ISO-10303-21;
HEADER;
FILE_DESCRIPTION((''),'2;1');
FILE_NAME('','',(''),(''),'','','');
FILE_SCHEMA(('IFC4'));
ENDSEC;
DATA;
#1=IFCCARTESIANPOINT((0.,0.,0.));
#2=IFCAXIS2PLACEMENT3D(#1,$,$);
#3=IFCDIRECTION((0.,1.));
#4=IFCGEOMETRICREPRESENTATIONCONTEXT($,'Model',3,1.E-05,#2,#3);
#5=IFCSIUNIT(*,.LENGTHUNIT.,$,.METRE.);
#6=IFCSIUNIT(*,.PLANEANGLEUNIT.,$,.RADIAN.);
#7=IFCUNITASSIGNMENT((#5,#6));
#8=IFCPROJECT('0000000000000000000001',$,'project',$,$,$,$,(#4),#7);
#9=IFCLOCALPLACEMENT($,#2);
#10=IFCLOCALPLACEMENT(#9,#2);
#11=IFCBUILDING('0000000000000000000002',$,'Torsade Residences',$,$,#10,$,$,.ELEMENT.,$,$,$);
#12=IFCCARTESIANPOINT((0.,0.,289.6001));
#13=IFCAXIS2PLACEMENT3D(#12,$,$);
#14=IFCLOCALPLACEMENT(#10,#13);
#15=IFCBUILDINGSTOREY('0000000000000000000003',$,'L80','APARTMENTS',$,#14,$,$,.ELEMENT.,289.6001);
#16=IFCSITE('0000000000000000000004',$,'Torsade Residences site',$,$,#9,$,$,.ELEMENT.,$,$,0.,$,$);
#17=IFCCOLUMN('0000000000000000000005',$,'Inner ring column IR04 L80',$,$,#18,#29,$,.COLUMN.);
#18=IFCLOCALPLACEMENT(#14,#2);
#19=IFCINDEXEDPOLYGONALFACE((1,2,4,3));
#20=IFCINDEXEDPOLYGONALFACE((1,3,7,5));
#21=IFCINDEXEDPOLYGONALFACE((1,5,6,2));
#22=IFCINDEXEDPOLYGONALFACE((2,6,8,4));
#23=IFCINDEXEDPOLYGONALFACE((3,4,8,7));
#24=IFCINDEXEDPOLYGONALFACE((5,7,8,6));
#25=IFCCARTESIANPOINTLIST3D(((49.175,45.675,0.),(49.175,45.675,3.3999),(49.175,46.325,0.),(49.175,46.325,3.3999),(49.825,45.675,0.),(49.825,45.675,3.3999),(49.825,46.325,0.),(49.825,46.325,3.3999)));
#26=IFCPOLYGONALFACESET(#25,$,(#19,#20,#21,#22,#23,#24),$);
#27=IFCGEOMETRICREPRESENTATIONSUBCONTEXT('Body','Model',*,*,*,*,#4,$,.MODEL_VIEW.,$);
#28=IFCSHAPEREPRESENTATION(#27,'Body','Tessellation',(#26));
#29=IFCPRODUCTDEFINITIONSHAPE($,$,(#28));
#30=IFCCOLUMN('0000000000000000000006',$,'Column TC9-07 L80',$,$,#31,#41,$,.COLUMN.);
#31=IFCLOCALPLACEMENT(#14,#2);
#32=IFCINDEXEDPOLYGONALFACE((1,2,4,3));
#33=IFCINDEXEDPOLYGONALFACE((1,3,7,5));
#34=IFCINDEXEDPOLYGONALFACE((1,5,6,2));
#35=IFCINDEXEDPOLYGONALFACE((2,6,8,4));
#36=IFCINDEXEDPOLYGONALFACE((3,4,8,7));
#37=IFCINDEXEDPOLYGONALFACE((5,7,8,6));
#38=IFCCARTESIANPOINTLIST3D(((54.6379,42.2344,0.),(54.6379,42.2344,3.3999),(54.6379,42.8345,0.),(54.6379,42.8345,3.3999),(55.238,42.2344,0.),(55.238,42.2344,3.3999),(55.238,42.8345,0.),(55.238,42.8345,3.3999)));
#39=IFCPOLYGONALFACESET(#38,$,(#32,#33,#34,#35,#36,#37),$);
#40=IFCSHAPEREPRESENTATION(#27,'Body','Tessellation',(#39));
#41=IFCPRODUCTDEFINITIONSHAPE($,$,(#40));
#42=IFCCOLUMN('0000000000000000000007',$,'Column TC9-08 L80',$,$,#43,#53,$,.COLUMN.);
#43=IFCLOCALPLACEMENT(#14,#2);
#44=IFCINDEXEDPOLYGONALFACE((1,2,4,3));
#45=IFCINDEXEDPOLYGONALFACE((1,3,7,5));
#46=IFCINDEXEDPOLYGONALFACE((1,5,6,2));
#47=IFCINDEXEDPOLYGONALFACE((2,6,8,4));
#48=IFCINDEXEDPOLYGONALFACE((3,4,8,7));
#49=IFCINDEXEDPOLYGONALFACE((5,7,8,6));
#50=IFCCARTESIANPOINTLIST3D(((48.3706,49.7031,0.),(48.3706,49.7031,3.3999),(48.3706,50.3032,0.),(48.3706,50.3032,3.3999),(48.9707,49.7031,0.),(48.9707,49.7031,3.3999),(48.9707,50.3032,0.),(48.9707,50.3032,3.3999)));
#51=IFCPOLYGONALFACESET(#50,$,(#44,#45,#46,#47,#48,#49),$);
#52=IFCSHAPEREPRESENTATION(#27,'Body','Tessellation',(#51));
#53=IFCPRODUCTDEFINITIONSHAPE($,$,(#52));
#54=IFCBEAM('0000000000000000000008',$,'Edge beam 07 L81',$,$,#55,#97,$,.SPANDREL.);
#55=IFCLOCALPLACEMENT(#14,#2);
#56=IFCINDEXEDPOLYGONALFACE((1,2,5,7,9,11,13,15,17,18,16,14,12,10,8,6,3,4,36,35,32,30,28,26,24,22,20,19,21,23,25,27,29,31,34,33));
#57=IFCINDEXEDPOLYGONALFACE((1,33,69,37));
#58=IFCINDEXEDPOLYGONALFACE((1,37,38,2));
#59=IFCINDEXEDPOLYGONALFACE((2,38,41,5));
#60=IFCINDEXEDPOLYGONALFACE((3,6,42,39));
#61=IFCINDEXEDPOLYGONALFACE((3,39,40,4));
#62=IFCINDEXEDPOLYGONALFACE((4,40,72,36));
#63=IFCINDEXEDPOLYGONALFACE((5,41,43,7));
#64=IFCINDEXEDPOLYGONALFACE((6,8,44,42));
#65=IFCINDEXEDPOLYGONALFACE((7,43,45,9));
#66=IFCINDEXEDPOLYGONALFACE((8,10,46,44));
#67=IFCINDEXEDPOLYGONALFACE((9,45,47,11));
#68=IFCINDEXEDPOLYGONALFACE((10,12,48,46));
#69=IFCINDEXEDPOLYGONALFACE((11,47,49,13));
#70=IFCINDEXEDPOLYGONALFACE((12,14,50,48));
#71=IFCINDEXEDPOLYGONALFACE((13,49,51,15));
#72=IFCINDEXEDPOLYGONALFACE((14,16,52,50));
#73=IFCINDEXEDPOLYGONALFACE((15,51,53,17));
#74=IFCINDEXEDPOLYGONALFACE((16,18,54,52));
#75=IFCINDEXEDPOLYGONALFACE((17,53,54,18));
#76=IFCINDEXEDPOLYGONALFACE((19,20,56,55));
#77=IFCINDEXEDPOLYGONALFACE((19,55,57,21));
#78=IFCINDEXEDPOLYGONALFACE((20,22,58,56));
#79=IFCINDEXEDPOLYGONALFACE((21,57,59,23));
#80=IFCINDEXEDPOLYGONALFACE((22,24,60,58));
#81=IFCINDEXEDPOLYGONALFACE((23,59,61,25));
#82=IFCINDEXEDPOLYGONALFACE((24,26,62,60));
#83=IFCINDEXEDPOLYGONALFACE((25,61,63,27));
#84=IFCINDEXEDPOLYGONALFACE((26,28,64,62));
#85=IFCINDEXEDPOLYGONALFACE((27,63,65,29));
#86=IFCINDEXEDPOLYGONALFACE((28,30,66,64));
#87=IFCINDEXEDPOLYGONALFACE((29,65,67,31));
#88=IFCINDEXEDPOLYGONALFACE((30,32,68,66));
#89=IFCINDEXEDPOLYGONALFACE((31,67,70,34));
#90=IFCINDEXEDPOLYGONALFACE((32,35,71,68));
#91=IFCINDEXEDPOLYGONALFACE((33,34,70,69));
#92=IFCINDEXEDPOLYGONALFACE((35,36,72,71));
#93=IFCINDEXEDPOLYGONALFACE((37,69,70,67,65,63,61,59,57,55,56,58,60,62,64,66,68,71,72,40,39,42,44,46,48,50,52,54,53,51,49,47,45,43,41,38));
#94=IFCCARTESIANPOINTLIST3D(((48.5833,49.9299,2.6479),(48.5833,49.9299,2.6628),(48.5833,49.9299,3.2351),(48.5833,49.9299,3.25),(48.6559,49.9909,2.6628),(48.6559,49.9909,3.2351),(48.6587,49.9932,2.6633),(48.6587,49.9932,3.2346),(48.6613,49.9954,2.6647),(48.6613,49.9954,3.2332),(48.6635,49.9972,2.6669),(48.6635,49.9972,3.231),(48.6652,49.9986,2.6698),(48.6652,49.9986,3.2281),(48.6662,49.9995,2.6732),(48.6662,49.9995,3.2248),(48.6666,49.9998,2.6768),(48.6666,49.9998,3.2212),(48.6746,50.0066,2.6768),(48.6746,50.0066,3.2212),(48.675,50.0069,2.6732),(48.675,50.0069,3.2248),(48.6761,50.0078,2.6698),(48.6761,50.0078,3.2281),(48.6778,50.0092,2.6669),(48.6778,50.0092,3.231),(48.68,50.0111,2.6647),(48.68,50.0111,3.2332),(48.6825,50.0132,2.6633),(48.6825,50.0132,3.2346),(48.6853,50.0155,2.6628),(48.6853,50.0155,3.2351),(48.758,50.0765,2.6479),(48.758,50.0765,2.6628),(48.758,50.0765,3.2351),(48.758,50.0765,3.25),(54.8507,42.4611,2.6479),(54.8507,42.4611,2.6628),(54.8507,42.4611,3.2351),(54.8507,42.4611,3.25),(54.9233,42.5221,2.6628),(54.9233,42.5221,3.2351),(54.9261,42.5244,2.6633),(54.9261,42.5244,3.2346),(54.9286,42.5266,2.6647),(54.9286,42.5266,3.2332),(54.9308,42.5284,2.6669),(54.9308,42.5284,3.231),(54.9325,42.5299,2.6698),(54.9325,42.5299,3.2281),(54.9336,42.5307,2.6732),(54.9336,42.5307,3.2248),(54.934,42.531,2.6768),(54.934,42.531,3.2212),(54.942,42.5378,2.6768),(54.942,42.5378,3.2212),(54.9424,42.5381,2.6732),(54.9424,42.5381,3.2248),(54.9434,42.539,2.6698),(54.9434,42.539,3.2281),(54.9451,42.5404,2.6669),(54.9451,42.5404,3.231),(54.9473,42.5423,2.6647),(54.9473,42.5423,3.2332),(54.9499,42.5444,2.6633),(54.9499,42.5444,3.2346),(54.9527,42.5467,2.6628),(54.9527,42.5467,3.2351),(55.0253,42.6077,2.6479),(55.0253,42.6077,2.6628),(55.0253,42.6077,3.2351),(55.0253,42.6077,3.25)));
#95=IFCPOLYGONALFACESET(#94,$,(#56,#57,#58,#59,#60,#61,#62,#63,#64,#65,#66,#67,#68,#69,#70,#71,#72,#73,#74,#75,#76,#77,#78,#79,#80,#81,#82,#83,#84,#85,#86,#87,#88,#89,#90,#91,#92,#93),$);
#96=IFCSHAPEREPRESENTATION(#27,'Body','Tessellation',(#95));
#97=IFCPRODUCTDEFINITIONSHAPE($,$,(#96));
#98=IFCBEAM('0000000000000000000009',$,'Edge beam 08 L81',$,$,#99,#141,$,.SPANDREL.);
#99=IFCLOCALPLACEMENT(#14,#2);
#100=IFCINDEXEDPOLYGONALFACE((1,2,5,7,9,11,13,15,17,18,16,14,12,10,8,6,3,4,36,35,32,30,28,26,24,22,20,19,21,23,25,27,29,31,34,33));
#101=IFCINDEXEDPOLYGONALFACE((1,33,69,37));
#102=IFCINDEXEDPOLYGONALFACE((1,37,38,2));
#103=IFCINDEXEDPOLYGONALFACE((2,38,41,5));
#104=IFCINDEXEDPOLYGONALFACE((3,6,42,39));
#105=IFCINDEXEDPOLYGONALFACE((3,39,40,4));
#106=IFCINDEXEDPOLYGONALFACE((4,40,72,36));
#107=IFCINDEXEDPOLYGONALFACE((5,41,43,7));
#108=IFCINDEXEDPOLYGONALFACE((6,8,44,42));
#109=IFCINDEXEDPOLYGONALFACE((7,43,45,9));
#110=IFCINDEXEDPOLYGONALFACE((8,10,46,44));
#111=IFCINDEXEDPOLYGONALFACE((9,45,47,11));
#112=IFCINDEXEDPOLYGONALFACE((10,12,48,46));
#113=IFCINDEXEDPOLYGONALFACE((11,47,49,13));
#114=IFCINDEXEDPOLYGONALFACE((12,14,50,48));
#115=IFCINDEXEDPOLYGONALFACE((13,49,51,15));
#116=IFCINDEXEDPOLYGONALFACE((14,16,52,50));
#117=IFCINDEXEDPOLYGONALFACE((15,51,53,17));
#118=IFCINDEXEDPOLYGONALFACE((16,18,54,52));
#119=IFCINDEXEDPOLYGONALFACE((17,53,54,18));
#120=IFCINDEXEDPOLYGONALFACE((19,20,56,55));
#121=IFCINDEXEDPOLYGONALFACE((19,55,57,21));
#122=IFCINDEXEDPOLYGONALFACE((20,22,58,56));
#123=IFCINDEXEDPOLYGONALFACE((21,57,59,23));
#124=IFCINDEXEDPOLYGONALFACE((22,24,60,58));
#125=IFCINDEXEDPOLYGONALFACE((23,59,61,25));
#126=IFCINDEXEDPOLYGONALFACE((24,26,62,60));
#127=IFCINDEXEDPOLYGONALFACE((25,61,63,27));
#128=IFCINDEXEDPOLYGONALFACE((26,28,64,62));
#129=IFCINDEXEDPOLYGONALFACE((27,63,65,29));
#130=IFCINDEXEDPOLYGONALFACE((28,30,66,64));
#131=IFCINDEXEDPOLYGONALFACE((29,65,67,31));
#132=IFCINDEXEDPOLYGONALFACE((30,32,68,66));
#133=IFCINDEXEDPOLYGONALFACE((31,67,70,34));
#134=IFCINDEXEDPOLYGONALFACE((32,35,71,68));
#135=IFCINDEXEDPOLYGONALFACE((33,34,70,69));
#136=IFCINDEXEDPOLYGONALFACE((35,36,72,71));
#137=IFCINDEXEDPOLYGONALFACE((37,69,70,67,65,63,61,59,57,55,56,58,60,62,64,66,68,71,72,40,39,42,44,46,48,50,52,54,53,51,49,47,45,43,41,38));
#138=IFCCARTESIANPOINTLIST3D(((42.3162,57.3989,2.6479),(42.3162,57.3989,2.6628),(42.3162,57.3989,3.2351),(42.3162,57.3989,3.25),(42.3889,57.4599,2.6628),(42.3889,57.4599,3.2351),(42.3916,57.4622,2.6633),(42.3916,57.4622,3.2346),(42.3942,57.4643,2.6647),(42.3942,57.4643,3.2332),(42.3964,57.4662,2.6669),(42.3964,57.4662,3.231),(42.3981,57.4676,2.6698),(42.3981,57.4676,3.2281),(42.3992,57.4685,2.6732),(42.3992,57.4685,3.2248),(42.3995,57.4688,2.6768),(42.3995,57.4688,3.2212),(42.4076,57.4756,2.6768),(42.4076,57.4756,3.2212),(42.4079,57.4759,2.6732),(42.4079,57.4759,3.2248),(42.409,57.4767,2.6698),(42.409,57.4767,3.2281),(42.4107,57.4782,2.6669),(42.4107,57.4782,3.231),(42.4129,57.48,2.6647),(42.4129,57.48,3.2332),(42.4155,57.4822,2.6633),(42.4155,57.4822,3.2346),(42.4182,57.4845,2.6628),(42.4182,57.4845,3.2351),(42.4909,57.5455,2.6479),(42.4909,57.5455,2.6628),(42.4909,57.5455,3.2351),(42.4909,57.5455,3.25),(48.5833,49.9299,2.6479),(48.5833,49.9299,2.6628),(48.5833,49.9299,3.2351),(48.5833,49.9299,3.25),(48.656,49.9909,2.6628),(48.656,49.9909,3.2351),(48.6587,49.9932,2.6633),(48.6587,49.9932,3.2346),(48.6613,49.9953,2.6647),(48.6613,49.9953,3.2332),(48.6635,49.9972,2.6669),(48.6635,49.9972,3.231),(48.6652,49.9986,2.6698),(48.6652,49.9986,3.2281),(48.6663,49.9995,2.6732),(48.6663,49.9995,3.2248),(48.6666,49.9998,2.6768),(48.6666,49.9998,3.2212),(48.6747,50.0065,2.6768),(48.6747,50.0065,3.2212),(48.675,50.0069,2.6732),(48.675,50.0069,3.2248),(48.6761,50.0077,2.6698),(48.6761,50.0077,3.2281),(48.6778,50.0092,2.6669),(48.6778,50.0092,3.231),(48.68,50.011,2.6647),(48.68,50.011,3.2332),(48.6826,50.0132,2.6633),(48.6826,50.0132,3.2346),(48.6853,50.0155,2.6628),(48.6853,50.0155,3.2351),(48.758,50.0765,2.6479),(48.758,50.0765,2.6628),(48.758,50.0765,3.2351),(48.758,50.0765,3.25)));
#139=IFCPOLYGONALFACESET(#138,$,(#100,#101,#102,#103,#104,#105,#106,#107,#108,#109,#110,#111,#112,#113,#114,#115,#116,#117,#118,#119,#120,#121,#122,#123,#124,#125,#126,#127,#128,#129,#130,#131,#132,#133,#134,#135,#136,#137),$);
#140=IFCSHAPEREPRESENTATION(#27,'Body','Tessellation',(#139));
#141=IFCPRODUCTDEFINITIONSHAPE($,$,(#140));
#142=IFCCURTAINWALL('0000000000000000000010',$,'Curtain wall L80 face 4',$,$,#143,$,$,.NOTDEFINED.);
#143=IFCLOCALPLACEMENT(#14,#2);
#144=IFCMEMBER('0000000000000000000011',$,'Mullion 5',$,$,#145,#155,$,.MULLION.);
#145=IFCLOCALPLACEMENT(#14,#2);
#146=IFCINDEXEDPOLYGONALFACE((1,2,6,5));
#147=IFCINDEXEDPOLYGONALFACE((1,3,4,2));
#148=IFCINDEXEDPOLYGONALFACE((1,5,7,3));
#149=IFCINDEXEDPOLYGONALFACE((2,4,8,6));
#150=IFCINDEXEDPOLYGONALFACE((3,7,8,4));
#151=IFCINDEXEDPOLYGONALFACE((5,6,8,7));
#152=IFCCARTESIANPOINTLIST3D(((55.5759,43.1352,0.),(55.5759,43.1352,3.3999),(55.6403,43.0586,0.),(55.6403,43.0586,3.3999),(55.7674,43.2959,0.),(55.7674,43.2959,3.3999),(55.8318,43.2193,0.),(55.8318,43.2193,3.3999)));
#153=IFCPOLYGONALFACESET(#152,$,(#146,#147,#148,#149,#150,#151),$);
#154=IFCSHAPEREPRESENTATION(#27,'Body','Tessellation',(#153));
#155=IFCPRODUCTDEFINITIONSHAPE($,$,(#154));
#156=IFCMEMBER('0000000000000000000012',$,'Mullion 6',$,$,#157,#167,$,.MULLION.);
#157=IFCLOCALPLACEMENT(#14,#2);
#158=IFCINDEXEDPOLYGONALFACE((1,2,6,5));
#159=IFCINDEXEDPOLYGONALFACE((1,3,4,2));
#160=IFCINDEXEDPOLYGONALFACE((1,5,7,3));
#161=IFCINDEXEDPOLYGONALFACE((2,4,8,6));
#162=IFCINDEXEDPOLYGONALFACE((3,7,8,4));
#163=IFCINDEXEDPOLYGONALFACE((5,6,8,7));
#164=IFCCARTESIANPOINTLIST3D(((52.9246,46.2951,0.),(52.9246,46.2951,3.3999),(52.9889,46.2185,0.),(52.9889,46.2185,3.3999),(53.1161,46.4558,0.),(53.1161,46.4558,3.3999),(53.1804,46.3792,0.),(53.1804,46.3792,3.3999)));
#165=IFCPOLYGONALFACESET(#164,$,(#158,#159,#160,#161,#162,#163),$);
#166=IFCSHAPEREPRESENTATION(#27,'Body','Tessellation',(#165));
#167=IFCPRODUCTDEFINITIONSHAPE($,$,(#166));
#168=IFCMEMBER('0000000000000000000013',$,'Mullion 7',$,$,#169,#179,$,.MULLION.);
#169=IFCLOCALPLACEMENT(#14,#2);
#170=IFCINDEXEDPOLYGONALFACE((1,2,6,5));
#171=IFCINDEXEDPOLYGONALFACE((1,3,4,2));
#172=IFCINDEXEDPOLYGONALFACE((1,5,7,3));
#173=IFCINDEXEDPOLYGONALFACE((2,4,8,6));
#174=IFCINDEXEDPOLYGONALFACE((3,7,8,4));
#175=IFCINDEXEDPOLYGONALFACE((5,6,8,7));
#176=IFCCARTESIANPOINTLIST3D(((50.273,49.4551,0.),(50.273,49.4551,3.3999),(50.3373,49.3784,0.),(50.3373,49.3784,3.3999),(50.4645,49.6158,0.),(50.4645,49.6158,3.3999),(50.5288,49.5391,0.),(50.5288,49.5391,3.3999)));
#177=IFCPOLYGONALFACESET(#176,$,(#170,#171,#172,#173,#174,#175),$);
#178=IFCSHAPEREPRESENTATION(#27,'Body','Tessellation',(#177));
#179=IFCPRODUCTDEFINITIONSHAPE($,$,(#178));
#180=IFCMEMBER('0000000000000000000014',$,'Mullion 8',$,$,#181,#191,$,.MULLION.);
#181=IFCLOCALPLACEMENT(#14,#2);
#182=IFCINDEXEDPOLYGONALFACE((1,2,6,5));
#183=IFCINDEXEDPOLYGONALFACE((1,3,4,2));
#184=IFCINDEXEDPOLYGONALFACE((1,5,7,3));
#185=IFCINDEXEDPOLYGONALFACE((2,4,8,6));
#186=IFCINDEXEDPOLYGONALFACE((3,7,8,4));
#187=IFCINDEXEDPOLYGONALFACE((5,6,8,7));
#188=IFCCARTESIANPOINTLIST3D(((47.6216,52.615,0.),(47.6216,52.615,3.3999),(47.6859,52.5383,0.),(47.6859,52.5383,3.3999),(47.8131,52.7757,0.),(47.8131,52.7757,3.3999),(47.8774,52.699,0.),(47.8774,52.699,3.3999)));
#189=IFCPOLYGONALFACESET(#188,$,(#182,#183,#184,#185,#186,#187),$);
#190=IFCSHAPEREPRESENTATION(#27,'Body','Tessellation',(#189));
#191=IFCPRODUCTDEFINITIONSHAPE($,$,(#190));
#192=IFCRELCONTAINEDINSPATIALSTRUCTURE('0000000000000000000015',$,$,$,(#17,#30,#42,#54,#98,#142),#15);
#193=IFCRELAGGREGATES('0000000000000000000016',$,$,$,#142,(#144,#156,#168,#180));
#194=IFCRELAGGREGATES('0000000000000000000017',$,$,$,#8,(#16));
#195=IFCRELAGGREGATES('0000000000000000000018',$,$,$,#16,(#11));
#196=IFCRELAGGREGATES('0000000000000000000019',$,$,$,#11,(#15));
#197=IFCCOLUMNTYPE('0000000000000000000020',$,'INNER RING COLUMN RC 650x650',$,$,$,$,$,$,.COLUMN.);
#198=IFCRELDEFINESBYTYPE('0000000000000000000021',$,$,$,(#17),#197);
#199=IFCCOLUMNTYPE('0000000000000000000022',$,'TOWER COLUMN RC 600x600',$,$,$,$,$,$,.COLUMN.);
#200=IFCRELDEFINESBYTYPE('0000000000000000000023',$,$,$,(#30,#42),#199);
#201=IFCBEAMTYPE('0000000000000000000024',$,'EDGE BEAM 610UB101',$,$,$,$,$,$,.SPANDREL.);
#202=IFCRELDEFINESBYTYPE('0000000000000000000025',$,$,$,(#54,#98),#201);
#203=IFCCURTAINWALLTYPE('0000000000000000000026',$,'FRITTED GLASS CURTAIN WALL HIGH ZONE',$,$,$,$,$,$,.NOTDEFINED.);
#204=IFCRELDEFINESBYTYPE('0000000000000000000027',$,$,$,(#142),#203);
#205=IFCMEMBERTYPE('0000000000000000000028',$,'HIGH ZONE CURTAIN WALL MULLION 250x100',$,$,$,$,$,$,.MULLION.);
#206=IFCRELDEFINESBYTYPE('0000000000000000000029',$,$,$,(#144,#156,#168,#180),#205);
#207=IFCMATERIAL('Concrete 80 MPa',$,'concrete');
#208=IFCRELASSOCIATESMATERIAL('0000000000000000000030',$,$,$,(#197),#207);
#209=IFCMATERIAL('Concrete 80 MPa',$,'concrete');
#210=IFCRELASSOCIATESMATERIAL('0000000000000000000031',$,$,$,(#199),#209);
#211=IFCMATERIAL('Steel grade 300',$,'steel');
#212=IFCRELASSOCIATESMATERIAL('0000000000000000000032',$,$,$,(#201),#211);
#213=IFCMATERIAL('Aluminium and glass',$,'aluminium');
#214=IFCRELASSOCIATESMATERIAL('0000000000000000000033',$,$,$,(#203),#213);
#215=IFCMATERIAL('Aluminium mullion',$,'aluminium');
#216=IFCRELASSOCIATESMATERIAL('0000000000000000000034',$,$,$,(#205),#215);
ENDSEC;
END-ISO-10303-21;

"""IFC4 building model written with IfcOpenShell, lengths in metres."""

from ifc_helpers import new_model, si_unit, direction, frame, origin, origin_2d, place, context, subcontext, project, spatial, rectangle, i_section, extrude, material, material_profile, profile_set, type_object, element, aggregate, save


model = new_model("IFC4")

# Units and contexts
model_context = context("Model", 3, precision=1e-05, world=origin(), true_north=direction((0.0, 1.0)))
body_context = subcontext(model_context, "Body", "Model", "MODEL_VIEW")
ifc_project = project(units=[si_unit("LENGTHUNIT", "METRE"), si_unit("PLANEANGLEUNIT", "RADIAN")], contexts=[model_context])

# Site, building, storey
site_placement = place(None, origin())
site = spatial("IfcSite", under=ifc_project, at=site_placement, Name="Torsade Residences site", CompositionType="ELEMENT", RefElevation=0.0)
building_placement = place(site_placement, origin())
building = spatial("IfcBuilding", under=site, at=building_placement, Name="Torsade Residences", CompositionType="ELEMENT")
storey_placement = place(building_placement, frame((0.0, 0.0, 289.6001)))
storey = spatial("IfcBuildingStorey", under=building, at=storey_placement, Name="L80", Description="APARTMENTS", CompositionType="ELEMENT", Elevation=289.6001)

# Columns
ifc_material_1 = material(Name="Concrete 80 MPa", Category="concrete")
ifc_material_profile_1 = material_profile(ifc_material_1, rectangle(XDim=0.6499, YDim=0.6499, at=origin_2d()), Name="RC 650x650")
ifc_profile_set_1 = profile_set([ifc_material_profile_1], Name="Concrete 80 MPa")
column_type_1 = type_object("IfcColumnType", Name="INNER RING COLUMN RC 650x650", PredefinedType="COLUMN", material=ifc_profile_set_1)
column_placement = place(storey_placement, frame((49.5, 46.0, 0.0), z_axis=(0.0, 0.0, 1.0), x_axis=(1.0, 0.0, 0.0)))
element("IfcColumn", 1, at=column_placement, inside=storey, type_object=column_type_1, Name="Inner ring column IR04 L80", PredefinedType="COLUMN", context=body_context, shape_type="SweptSolid", body=[
    extrude(rectangle(XDim=0.6499, YDim=0.6499, at=origin_2d()), origin(), (0.0, 0.0, 1.0), 3.3999),
])
ifc_material_2 = material(Name="Concrete 80 MPa", Category="concrete")
ifc_material_profile_2 = material_profile(ifc_material_2, rectangle(XDim=0.6001, YDim=0.6001, at=origin_2d()), Name="RC 600x600")
ifc_profile_set_2 = profile_set([ifc_material_profile_2], Name="Concrete 80 MPa")
column_type_2 = type_object("IfcColumnType", Name="TOWER COLUMN RC 600x600", PredefinedType="COLUMN", material=ifc_profile_set_2)
for number, where, z_axis, x_axis, name in (
    (2, (54.938, 42.5344, 0.0), (0.0, 0.0, 1.0), (1.0, 0.0, 0.0), "Column TC9-07 L80"),
    (3, (48.6707, 50.0032, 0.0), (0.0, 0.0, 1.0), (1.0, 0.0, 0.0), "Column TC9-08 L80"),
):
    element("IfcColumn", number, at=place(storey_placement, frame(where, z_axis=z_axis, x_axis=x_axis)), inside=storey, type_object=column_type_2, Name=name, PredefinedType="COLUMN", context=body_context, shape_type="SweptSolid", body=[
        extrude(rectangle(XDim=0.6001, YDim=0.6001, at=origin_2d()), origin(), (0.0, 0.0, 1.0), 3.3999),
    ])

# Beams
ifc_material_3 = material(Name="Steel grade 300", Category="steel")
ifc_material_profile_3 = material_profile(ifc_material_3, i_section(OverallWidth=0.228, OverallDepth=0.6021, WebThickness=0.0105, FlangeThickness=0.0149, FilletRadius=0.0139, at=origin_2d()), Name="610UB101")
ifc_profile_set_3 = profile_set([ifc_material_profile_3], Name="Steel grade 300")
beam_type_1 = type_object("IfcBeamType", Name="EDGE BEAM 610UB101", PredefinedType="SPANDREL", material=ifc_profile_set_3)
for number, where, z_axis, x_axis, name in (
    (4, (54.938, 42.5344, 2.949), (-0.642806, 0.766029, 0.0), (-0.766029, -0.642806, 0.0), "Edge beam 07 L81"),
    (5, (48.6707, 50.0032, 2.949), (-0.642779, 0.766052, 0.0), (-0.766052, -0.642779, 0.0), "Edge beam 08 L81"),
):
    element("IfcBeam", number, at=place(storey_placement, frame(where, z_axis=z_axis, x_axis=x_axis)), inside=storey, type_object=beam_type_1, Name=name, PredefinedType="SPANDREL", context=body_context, shape_type="SweptSolid", body=[
        extrude(i_section(OverallWidth=0.228, OverallDepth=0.6021, WebThickness=0.0105, FlangeThickness=0.0149, FilletRadius=0.0139, at=origin_2d()), origin(), (0.0, 0.0, 1.0), 9.75),
    ])

# Curtain wall, members
ifc_material_4 = material(Name="Aluminium and glass", Category="aluminium")
curtain_wall_type = type_object("IfcCurtainWallType", Name="FRITTED GLASS CURTAIN WALL HIGH ZONE", PredefinedType="NOTDEFINED", material=ifc_material_4)
curtain_wall_placement = place(storey_placement, origin())
curtain_wall = element("IfcCurtainWall", 6, at=curtain_wall_placement, inside=storey, type_object=curtain_wall_type, Name="Curtain wall L80 face 4", PredefinedType="NOTDEFINED")
ifc_material_5 = material(Name="Aluminium mullion", Category="aluminium")
ifc_material_profile_4 = material_profile(ifc_material_5, rectangle(XDim=0.25, YDim=0.1001, at=origin_2d()), Name="HIGH ZONE CURTAIN WALL MULLION 250x100")
ifc_profile_set_4 = profile_set([ifc_material_profile_4], Name="Aluminium mullion")
member_type_1 = type_object("IfcMemberType", Name="HIGH ZONE CURTAIN WALL MULLION 250x100", PredefinedType="MULLION", material=ifc_profile_set_4)
member_1_placement = place(storey_placement, frame((55.7039, 43.1772, 0.0), z_axis=(0.0, 0.0, 1.0), x_axis=(-0.766044, -0.642788, 0.0)))
member_1 = element("IfcMember", 7, at=member_1_placement, type_object=member_type_1, Name="Mullion 5", PredefinedType="MULLION", context=body_context, shape_type="SweptSolid", body=[
    extrude(rectangle(XDim=0.25, YDim=0.1001, at=origin_2d()), origin(), (0.0, 0.0, 1.0), 3.3999),
])
member_2_placement = place(storey_placement, frame((53.0525, 46.3372, 0.0), z_axis=(0.0, 0.0, 1.0), x_axis=(-0.766044, -0.642788, 0.0)))
member_2 = element("IfcMember", 8, at=member_2_placement, type_object=member_type_1, Name="Mullion 6", PredefinedType="MULLION", context=body_context, shape_type="SweptSolid", body=[
    extrude(rectangle(XDim=0.25, YDim=0.1001, at=origin_2d()), origin(), (0.0, 0.0, 1.0), 3.3999),
])
member_3_placement = place(storey_placement, frame((50.4009, 49.4971, 0.0), z_axis=(0.0, 0.0, 1.0), x_axis=(-0.766044, -0.642788, 0.0)))
member_3 = element("IfcMember", 9, at=member_3_placement, type_object=member_type_1, Name="Mullion 7", PredefinedType="MULLION", context=body_context, shape_type="SweptSolid", body=[
    extrude(rectangle(XDim=0.25, YDim=0.1001, at=origin_2d()), origin(), (0.0, 0.0, 1.0), 3.3999),
])
member_4_placement = place(storey_placement, frame((47.7495, 52.657, 0.0), z_axis=(0.0, 0.0, 1.0), x_axis=(-0.766044, -0.642788, 0.0)))
member_4 = element("IfcMember", 10, at=member_4_placement, type_object=member_type_1, Name="Mullion 8", PredefinedType="MULLION", context=body_context, shape_type="SweptSolid", body=[
    extrude(rectangle(XDim=0.25, YDim=0.1001, at=origin_2d()), origin(), (0.0, 0.0, 1.0), 3.3999),
])

aggregate(curtain_wall, [member_1, member_2, member_3, member_4])

save(model, "model.ifc")
